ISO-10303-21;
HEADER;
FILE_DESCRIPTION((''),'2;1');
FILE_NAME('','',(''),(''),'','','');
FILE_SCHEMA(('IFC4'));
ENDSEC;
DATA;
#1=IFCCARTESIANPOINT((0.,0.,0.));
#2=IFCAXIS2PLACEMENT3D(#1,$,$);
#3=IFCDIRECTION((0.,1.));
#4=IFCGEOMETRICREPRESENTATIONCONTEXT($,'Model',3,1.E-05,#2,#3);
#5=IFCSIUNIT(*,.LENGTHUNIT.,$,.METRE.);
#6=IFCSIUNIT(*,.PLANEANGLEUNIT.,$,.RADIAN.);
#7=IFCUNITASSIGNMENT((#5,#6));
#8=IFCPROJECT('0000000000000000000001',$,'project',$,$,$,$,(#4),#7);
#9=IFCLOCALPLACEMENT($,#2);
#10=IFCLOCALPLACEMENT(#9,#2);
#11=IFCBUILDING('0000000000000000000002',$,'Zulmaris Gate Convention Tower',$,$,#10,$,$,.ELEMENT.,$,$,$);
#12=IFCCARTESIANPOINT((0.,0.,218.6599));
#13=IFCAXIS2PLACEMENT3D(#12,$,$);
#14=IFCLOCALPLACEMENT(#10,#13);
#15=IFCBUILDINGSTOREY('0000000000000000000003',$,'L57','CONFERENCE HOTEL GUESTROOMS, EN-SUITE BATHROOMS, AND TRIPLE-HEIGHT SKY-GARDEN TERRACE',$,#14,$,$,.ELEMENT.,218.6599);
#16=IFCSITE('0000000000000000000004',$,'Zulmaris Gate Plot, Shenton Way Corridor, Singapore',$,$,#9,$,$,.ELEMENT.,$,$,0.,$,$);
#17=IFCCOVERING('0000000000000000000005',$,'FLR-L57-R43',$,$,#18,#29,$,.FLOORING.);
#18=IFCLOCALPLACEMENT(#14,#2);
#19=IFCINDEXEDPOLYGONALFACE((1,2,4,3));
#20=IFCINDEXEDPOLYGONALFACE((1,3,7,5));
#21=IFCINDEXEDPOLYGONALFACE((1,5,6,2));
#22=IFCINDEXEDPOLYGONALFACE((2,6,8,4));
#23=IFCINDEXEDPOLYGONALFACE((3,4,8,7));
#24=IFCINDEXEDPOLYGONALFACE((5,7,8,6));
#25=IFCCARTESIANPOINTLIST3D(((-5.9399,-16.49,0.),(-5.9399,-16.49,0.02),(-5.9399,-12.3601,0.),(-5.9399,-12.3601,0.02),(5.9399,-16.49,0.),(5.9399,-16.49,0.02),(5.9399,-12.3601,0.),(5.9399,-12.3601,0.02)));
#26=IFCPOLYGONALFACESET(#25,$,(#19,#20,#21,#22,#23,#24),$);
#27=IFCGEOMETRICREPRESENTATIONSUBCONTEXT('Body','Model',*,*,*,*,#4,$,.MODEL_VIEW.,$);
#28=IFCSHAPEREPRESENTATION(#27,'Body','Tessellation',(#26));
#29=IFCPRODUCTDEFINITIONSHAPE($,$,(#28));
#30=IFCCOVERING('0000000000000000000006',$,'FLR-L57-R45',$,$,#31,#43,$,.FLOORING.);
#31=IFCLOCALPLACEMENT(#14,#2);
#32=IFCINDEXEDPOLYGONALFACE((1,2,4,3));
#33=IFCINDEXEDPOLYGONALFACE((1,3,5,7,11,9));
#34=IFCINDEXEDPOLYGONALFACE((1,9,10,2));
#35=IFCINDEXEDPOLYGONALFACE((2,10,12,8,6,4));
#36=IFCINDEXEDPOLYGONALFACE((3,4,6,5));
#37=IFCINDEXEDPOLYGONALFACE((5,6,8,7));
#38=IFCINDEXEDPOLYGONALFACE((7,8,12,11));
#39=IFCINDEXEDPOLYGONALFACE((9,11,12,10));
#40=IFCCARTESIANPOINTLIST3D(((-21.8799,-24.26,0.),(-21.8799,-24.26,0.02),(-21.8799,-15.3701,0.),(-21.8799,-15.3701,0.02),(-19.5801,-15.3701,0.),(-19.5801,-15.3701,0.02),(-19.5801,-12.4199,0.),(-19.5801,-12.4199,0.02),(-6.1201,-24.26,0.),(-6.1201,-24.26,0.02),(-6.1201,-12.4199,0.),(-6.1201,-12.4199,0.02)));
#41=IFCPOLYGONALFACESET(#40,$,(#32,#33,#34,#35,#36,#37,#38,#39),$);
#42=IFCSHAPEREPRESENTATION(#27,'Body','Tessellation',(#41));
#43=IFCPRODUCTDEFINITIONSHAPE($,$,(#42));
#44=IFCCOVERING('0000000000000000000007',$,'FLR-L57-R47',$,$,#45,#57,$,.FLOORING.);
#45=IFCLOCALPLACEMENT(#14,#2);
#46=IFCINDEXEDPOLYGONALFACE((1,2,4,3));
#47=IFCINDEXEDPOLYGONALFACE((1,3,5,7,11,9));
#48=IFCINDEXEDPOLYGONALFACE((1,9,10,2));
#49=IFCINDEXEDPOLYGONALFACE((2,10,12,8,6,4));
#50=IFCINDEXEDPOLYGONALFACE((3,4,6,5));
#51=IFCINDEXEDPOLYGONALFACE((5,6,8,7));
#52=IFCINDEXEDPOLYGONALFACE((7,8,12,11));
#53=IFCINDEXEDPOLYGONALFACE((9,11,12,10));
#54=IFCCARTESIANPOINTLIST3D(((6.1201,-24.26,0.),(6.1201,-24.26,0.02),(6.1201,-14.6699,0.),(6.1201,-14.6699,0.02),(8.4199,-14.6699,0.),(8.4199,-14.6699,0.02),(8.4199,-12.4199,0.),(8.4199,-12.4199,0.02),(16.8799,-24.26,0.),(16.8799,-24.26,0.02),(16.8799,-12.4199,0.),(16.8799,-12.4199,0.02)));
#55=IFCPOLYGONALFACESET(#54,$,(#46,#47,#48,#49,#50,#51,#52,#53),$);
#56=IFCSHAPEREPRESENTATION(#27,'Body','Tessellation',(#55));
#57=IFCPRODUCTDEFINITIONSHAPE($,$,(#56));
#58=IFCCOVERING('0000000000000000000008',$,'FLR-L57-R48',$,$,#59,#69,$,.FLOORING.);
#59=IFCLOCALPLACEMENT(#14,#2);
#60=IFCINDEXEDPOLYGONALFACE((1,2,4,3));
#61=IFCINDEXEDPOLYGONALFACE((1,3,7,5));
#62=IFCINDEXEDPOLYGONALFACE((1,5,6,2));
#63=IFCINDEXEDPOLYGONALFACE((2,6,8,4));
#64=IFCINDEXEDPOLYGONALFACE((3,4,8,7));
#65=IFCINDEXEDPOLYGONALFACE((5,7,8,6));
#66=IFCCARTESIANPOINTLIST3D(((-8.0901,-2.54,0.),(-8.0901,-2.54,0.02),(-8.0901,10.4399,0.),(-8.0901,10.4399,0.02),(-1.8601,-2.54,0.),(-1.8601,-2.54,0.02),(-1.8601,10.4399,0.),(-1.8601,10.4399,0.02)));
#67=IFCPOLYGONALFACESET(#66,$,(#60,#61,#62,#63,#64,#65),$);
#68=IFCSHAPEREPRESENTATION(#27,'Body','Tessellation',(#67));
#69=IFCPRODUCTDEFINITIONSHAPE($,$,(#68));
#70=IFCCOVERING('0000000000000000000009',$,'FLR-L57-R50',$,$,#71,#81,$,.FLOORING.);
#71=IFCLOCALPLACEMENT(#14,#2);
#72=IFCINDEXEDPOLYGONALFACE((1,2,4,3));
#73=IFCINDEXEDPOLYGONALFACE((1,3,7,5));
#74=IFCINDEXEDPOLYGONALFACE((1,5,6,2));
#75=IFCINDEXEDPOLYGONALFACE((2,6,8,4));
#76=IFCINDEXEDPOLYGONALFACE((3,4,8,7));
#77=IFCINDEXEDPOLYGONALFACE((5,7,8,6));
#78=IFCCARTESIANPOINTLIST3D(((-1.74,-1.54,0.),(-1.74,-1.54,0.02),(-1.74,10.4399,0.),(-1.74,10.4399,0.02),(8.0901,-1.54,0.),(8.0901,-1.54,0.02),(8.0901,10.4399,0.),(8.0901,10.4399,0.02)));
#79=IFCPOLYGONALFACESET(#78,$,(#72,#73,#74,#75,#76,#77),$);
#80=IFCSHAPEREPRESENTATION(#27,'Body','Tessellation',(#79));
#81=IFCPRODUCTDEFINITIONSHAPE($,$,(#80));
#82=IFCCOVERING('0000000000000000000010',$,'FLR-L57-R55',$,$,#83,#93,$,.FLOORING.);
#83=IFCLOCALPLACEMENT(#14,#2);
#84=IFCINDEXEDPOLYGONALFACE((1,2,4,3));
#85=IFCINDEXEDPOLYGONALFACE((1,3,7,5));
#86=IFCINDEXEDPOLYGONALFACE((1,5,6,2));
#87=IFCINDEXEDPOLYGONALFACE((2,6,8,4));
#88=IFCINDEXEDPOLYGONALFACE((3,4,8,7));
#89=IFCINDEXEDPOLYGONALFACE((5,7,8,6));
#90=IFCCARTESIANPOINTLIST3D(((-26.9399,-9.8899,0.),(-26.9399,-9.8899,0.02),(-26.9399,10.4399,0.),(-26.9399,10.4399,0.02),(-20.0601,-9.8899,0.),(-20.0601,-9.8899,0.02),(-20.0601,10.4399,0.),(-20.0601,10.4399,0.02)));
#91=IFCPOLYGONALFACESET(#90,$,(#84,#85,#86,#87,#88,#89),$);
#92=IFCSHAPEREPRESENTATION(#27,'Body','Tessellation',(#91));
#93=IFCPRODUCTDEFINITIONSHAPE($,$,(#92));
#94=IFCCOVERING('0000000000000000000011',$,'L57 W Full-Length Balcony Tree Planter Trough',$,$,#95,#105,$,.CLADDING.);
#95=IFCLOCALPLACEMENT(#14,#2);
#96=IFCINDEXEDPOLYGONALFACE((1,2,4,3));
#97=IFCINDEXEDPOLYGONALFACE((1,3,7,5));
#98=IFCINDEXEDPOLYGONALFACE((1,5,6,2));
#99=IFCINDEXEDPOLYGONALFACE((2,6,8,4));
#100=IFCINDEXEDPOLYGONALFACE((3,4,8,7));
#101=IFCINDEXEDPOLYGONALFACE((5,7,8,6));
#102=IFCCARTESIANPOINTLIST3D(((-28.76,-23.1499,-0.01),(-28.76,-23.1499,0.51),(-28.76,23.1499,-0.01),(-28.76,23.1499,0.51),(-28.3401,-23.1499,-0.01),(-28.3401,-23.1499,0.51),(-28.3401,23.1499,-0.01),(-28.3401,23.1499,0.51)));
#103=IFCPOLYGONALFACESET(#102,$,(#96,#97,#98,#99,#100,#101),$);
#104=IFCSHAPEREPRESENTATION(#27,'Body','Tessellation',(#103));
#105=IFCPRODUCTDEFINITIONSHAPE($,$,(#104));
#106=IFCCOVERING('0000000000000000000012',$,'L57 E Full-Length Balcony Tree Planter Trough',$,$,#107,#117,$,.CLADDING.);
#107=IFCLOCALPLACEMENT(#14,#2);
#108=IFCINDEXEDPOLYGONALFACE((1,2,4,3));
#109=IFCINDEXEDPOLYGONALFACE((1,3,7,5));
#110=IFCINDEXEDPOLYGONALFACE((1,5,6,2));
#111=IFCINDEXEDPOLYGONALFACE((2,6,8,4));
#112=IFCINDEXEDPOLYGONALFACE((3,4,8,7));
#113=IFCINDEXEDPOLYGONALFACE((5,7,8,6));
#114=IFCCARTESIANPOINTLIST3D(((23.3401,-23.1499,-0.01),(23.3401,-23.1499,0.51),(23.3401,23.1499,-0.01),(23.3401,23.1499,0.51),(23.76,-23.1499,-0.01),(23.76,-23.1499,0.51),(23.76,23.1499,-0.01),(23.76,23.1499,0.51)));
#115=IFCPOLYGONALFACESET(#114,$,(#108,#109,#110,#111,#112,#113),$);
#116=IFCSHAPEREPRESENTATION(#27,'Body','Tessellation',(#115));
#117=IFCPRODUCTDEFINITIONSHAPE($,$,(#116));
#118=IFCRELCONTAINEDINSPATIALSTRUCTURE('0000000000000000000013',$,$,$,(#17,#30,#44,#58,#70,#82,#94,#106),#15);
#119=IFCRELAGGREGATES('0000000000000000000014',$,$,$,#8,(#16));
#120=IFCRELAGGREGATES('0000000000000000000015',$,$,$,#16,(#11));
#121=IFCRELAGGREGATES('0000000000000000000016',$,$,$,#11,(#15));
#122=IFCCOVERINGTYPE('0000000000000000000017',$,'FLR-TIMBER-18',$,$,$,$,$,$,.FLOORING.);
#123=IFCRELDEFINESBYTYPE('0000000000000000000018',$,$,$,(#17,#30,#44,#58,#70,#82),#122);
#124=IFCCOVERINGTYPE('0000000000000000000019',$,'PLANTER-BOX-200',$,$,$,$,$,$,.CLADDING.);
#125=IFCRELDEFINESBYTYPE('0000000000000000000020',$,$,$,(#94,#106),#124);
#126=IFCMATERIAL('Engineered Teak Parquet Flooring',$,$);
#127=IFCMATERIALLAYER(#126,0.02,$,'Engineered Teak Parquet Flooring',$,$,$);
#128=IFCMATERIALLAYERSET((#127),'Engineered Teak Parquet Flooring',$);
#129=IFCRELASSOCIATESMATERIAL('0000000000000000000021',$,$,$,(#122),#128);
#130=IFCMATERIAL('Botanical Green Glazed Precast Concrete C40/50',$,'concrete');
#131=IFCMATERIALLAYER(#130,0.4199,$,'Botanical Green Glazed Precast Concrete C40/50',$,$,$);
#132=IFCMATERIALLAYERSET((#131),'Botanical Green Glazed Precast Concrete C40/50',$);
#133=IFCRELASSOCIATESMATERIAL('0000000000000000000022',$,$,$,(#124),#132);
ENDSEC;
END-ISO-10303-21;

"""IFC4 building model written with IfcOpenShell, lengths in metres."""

from ifc_helpers import new_model, si_unit, direction, frame, origin, place, context, subcontext, project, spatial, polyline, outline, extrude, material, layer, layer_set, type_object, element, save


model = new_model("IFC4")

# Units and contexts
model_context = context("Model", 3, precision=1e-05, world=origin(), true_north=direction((0.0, 1.0)))
body_context = subcontext(model_context, "Body", "Model", "MODEL_VIEW")
ifc_project = project(units=[si_unit("LENGTHUNIT", "METRE"), si_unit("PLANEANGLEUNIT", "RADIAN")], contexts=[model_context])

# Site, building, storey
site_placement = place(None, origin())
site = spatial("IfcSite", under=ifc_project, at=site_placement, Name="Zulmaris Gate Plot, Shenton Way Corridor, Singapore", CompositionType="ELEMENT", RefElevation=0.0)
building_placement = place(site_placement, origin())
building = spatial("IfcBuilding", under=site, at=building_placement, Name="Zulmaris Gate Convention Tower", CompositionType="ELEMENT")
storey_placement = place(building_placement, frame((0.0, 0.0, 218.6599)))
storey = spatial("IfcBuildingStorey", under=building, at=storey_placement, Name="L57", Description="CONFERENCE HOTEL GUESTROOMS, EN-SUITE BATHROOMS, AND TRIPLE-HEIGHT SKY-GARDEN TERRACE", CompositionType="ELEMENT", Elevation=218.6599)

# Coverings
ifc_material_1 = material(Name="Engineered Teak Parquet Flooring")
ifc_layer_1 = layer(ifc_material_1, 0.02, Name="Engineered Teak Parquet Flooring")
ifc_layer_set_1 = layer_set([ifc_layer_1], Name="Engineered Teak Parquet Flooring")
covering_type_1 = type_object("IfcCoveringType", Name="FLR-TIMBER-18", PredefinedType="FLOORING", material=ifc_layer_set_1)
covering_1_placement = place(storey_placement, origin())
element("IfcCovering", 1, at=covering_1_placement, inside=storey, type_object=covering_type_1, Name="FLR-L57-R43", PredefinedType="FLOORING", context=body_context, shape_type="SweptSolid", body=[
    extrude(outline(polyline([(-5.9399, -16.49), (5.9399, -16.49), (5.9399, -12.3601), (-5.9399, -12.3601), (-5.9399, -16.49)])), origin(), (0.0, 0.0, 1.0), 0.02),
])
covering_2_placement = place(storey_placement, origin())
element("IfcCovering", 2, at=covering_2_placement, inside=storey, type_object=covering_type_1, Name="FLR-L57-R45", PredefinedType="FLOORING", context=body_context, shape_type="SweptSolid", body=[
    extrude(outline(polyline([(-21.8799, -24.26), (-6.1201, -24.26), (-6.1201, -12.4199), (-19.5801, -12.4199), (-19.5801, -15.3701), (-21.8799, -15.3701), (-21.8799, -24.26)])), origin(), (0.0, 0.0, 1.0), 0.02),
])
covering_3_placement = place(storey_placement, origin())
element("IfcCovering", 3, at=covering_3_placement, inside=storey, type_object=covering_type_1, Name="FLR-L57-R47", PredefinedType="FLOORING", context=body_context, shape_type="SweptSolid", body=[
    extrude(outline(polyline([(6.1201, -24.26), (16.8799, -24.26), (16.8799, -12.4199), (8.4199, -12.4199), (8.4199, -14.6699), (6.1201, -14.6699), (6.1201, -24.26)])), origin(), (0.0, 0.0, 1.0), 0.02),
])
covering_4_placement = place(storey_placement, origin())
element("IfcCovering", 4, at=covering_4_placement, inside=storey, type_object=covering_type_1, Name="FLR-L57-R48", PredefinedType="FLOORING", context=body_context, shape_type="SweptSolid", body=[
    extrude(outline(polyline([(-8.0901, -2.54), (-1.8601, -2.54), (-1.8601, 10.4399), (-8.0901, 10.4399), (-8.0901, -2.54)])), origin(), (0.0, 0.0, 1.0), 0.02),
])
covering_5_placement = place(storey_placement, origin())
element("IfcCovering", 5, at=covering_5_placement, inside=storey, type_object=covering_type_1, Name="FLR-L57-R50", PredefinedType="FLOORING", context=body_context, shape_type="SweptSolid", body=[
    extrude(outline(polyline([(-1.74, -1.54), (8.0901, -1.54), (8.0901, 10.4399), (-1.74, 10.4399), (-1.74, -1.54)])), origin(), (0.0, 0.0, 1.0), 0.02),
])
covering_6_placement = place(storey_placement, origin())
element("IfcCovering", 6, at=covering_6_placement, inside=storey, type_object=covering_type_1, Name="FLR-L57-R55", PredefinedType="FLOORING", context=body_context, shape_type="SweptSolid", body=[
    extrude(outline(polyline([(-26.9399, -9.8899), (-20.0601, -9.8899), (-20.0601, 10.4399), (-26.9399, 10.4399), (-26.9399, -9.8899)])), origin(), (0.0, 0.0, 1.0), 0.02),
])
ifc_material_2 = material(Name="Botanical Green Glazed Precast Concrete C40/50", Category="concrete")
ifc_layer_2 = layer(ifc_material_2, 0.4199, Name="Botanical Green Glazed Precast Concrete C40/50")
ifc_layer_set_2 = layer_set([ifc_layer_2], Name="Botanical Green Glazed Precast Concrete C40/50")
covering_type_2 = type_object("IfcCoveringType", Name="PLANTER-BOX-200", PredefinedType="CLADDING", material=ifc_layer_set_2)
covering_7_placement = place(storey_placement, frame((0.0, 0.0, -0.01)))
element("IfcCovering", 7, at=covering_7_placement, inside=storey, type_object=covering_type_2, Name="L57 W Full-Length Balcony Tree Planter Trough", PredefinedType="CLADDING", context=body_context, shape_type="SweptSolid", body=[
    extrude(outline(polyline([(-28.76, -23.1499), (-28.3401, -23.1499), (-28.3401, 23.1499), (-28.76, 23.1499), (-28.76, -23.1499)])), origin(), (0.0, 0.0, 1.0), 0.52),
])
covering_8_placement = place(storey_placement, frame((0.0, 0.0, -0.01)))
element("IfcCovering", 8, at=covering_8_placement, inside=storey, type_object=covering_type_2, Name="L57 E Full-Length Balcony Tree Planter Trough", PredefinedType="CLADDING", context=body_context, shape_type="SweptSolid", body=[
    extrude(outline(polyline([(23.3401, -23.1499), (23.76, -23.1499), (23.76, 23.1499), (23.3401, 23.1499), (23.3401, -23.1499)])), origin(), (0.0, 0.0, 1.0), 0.52),
])

save(model, "model.ifc")
